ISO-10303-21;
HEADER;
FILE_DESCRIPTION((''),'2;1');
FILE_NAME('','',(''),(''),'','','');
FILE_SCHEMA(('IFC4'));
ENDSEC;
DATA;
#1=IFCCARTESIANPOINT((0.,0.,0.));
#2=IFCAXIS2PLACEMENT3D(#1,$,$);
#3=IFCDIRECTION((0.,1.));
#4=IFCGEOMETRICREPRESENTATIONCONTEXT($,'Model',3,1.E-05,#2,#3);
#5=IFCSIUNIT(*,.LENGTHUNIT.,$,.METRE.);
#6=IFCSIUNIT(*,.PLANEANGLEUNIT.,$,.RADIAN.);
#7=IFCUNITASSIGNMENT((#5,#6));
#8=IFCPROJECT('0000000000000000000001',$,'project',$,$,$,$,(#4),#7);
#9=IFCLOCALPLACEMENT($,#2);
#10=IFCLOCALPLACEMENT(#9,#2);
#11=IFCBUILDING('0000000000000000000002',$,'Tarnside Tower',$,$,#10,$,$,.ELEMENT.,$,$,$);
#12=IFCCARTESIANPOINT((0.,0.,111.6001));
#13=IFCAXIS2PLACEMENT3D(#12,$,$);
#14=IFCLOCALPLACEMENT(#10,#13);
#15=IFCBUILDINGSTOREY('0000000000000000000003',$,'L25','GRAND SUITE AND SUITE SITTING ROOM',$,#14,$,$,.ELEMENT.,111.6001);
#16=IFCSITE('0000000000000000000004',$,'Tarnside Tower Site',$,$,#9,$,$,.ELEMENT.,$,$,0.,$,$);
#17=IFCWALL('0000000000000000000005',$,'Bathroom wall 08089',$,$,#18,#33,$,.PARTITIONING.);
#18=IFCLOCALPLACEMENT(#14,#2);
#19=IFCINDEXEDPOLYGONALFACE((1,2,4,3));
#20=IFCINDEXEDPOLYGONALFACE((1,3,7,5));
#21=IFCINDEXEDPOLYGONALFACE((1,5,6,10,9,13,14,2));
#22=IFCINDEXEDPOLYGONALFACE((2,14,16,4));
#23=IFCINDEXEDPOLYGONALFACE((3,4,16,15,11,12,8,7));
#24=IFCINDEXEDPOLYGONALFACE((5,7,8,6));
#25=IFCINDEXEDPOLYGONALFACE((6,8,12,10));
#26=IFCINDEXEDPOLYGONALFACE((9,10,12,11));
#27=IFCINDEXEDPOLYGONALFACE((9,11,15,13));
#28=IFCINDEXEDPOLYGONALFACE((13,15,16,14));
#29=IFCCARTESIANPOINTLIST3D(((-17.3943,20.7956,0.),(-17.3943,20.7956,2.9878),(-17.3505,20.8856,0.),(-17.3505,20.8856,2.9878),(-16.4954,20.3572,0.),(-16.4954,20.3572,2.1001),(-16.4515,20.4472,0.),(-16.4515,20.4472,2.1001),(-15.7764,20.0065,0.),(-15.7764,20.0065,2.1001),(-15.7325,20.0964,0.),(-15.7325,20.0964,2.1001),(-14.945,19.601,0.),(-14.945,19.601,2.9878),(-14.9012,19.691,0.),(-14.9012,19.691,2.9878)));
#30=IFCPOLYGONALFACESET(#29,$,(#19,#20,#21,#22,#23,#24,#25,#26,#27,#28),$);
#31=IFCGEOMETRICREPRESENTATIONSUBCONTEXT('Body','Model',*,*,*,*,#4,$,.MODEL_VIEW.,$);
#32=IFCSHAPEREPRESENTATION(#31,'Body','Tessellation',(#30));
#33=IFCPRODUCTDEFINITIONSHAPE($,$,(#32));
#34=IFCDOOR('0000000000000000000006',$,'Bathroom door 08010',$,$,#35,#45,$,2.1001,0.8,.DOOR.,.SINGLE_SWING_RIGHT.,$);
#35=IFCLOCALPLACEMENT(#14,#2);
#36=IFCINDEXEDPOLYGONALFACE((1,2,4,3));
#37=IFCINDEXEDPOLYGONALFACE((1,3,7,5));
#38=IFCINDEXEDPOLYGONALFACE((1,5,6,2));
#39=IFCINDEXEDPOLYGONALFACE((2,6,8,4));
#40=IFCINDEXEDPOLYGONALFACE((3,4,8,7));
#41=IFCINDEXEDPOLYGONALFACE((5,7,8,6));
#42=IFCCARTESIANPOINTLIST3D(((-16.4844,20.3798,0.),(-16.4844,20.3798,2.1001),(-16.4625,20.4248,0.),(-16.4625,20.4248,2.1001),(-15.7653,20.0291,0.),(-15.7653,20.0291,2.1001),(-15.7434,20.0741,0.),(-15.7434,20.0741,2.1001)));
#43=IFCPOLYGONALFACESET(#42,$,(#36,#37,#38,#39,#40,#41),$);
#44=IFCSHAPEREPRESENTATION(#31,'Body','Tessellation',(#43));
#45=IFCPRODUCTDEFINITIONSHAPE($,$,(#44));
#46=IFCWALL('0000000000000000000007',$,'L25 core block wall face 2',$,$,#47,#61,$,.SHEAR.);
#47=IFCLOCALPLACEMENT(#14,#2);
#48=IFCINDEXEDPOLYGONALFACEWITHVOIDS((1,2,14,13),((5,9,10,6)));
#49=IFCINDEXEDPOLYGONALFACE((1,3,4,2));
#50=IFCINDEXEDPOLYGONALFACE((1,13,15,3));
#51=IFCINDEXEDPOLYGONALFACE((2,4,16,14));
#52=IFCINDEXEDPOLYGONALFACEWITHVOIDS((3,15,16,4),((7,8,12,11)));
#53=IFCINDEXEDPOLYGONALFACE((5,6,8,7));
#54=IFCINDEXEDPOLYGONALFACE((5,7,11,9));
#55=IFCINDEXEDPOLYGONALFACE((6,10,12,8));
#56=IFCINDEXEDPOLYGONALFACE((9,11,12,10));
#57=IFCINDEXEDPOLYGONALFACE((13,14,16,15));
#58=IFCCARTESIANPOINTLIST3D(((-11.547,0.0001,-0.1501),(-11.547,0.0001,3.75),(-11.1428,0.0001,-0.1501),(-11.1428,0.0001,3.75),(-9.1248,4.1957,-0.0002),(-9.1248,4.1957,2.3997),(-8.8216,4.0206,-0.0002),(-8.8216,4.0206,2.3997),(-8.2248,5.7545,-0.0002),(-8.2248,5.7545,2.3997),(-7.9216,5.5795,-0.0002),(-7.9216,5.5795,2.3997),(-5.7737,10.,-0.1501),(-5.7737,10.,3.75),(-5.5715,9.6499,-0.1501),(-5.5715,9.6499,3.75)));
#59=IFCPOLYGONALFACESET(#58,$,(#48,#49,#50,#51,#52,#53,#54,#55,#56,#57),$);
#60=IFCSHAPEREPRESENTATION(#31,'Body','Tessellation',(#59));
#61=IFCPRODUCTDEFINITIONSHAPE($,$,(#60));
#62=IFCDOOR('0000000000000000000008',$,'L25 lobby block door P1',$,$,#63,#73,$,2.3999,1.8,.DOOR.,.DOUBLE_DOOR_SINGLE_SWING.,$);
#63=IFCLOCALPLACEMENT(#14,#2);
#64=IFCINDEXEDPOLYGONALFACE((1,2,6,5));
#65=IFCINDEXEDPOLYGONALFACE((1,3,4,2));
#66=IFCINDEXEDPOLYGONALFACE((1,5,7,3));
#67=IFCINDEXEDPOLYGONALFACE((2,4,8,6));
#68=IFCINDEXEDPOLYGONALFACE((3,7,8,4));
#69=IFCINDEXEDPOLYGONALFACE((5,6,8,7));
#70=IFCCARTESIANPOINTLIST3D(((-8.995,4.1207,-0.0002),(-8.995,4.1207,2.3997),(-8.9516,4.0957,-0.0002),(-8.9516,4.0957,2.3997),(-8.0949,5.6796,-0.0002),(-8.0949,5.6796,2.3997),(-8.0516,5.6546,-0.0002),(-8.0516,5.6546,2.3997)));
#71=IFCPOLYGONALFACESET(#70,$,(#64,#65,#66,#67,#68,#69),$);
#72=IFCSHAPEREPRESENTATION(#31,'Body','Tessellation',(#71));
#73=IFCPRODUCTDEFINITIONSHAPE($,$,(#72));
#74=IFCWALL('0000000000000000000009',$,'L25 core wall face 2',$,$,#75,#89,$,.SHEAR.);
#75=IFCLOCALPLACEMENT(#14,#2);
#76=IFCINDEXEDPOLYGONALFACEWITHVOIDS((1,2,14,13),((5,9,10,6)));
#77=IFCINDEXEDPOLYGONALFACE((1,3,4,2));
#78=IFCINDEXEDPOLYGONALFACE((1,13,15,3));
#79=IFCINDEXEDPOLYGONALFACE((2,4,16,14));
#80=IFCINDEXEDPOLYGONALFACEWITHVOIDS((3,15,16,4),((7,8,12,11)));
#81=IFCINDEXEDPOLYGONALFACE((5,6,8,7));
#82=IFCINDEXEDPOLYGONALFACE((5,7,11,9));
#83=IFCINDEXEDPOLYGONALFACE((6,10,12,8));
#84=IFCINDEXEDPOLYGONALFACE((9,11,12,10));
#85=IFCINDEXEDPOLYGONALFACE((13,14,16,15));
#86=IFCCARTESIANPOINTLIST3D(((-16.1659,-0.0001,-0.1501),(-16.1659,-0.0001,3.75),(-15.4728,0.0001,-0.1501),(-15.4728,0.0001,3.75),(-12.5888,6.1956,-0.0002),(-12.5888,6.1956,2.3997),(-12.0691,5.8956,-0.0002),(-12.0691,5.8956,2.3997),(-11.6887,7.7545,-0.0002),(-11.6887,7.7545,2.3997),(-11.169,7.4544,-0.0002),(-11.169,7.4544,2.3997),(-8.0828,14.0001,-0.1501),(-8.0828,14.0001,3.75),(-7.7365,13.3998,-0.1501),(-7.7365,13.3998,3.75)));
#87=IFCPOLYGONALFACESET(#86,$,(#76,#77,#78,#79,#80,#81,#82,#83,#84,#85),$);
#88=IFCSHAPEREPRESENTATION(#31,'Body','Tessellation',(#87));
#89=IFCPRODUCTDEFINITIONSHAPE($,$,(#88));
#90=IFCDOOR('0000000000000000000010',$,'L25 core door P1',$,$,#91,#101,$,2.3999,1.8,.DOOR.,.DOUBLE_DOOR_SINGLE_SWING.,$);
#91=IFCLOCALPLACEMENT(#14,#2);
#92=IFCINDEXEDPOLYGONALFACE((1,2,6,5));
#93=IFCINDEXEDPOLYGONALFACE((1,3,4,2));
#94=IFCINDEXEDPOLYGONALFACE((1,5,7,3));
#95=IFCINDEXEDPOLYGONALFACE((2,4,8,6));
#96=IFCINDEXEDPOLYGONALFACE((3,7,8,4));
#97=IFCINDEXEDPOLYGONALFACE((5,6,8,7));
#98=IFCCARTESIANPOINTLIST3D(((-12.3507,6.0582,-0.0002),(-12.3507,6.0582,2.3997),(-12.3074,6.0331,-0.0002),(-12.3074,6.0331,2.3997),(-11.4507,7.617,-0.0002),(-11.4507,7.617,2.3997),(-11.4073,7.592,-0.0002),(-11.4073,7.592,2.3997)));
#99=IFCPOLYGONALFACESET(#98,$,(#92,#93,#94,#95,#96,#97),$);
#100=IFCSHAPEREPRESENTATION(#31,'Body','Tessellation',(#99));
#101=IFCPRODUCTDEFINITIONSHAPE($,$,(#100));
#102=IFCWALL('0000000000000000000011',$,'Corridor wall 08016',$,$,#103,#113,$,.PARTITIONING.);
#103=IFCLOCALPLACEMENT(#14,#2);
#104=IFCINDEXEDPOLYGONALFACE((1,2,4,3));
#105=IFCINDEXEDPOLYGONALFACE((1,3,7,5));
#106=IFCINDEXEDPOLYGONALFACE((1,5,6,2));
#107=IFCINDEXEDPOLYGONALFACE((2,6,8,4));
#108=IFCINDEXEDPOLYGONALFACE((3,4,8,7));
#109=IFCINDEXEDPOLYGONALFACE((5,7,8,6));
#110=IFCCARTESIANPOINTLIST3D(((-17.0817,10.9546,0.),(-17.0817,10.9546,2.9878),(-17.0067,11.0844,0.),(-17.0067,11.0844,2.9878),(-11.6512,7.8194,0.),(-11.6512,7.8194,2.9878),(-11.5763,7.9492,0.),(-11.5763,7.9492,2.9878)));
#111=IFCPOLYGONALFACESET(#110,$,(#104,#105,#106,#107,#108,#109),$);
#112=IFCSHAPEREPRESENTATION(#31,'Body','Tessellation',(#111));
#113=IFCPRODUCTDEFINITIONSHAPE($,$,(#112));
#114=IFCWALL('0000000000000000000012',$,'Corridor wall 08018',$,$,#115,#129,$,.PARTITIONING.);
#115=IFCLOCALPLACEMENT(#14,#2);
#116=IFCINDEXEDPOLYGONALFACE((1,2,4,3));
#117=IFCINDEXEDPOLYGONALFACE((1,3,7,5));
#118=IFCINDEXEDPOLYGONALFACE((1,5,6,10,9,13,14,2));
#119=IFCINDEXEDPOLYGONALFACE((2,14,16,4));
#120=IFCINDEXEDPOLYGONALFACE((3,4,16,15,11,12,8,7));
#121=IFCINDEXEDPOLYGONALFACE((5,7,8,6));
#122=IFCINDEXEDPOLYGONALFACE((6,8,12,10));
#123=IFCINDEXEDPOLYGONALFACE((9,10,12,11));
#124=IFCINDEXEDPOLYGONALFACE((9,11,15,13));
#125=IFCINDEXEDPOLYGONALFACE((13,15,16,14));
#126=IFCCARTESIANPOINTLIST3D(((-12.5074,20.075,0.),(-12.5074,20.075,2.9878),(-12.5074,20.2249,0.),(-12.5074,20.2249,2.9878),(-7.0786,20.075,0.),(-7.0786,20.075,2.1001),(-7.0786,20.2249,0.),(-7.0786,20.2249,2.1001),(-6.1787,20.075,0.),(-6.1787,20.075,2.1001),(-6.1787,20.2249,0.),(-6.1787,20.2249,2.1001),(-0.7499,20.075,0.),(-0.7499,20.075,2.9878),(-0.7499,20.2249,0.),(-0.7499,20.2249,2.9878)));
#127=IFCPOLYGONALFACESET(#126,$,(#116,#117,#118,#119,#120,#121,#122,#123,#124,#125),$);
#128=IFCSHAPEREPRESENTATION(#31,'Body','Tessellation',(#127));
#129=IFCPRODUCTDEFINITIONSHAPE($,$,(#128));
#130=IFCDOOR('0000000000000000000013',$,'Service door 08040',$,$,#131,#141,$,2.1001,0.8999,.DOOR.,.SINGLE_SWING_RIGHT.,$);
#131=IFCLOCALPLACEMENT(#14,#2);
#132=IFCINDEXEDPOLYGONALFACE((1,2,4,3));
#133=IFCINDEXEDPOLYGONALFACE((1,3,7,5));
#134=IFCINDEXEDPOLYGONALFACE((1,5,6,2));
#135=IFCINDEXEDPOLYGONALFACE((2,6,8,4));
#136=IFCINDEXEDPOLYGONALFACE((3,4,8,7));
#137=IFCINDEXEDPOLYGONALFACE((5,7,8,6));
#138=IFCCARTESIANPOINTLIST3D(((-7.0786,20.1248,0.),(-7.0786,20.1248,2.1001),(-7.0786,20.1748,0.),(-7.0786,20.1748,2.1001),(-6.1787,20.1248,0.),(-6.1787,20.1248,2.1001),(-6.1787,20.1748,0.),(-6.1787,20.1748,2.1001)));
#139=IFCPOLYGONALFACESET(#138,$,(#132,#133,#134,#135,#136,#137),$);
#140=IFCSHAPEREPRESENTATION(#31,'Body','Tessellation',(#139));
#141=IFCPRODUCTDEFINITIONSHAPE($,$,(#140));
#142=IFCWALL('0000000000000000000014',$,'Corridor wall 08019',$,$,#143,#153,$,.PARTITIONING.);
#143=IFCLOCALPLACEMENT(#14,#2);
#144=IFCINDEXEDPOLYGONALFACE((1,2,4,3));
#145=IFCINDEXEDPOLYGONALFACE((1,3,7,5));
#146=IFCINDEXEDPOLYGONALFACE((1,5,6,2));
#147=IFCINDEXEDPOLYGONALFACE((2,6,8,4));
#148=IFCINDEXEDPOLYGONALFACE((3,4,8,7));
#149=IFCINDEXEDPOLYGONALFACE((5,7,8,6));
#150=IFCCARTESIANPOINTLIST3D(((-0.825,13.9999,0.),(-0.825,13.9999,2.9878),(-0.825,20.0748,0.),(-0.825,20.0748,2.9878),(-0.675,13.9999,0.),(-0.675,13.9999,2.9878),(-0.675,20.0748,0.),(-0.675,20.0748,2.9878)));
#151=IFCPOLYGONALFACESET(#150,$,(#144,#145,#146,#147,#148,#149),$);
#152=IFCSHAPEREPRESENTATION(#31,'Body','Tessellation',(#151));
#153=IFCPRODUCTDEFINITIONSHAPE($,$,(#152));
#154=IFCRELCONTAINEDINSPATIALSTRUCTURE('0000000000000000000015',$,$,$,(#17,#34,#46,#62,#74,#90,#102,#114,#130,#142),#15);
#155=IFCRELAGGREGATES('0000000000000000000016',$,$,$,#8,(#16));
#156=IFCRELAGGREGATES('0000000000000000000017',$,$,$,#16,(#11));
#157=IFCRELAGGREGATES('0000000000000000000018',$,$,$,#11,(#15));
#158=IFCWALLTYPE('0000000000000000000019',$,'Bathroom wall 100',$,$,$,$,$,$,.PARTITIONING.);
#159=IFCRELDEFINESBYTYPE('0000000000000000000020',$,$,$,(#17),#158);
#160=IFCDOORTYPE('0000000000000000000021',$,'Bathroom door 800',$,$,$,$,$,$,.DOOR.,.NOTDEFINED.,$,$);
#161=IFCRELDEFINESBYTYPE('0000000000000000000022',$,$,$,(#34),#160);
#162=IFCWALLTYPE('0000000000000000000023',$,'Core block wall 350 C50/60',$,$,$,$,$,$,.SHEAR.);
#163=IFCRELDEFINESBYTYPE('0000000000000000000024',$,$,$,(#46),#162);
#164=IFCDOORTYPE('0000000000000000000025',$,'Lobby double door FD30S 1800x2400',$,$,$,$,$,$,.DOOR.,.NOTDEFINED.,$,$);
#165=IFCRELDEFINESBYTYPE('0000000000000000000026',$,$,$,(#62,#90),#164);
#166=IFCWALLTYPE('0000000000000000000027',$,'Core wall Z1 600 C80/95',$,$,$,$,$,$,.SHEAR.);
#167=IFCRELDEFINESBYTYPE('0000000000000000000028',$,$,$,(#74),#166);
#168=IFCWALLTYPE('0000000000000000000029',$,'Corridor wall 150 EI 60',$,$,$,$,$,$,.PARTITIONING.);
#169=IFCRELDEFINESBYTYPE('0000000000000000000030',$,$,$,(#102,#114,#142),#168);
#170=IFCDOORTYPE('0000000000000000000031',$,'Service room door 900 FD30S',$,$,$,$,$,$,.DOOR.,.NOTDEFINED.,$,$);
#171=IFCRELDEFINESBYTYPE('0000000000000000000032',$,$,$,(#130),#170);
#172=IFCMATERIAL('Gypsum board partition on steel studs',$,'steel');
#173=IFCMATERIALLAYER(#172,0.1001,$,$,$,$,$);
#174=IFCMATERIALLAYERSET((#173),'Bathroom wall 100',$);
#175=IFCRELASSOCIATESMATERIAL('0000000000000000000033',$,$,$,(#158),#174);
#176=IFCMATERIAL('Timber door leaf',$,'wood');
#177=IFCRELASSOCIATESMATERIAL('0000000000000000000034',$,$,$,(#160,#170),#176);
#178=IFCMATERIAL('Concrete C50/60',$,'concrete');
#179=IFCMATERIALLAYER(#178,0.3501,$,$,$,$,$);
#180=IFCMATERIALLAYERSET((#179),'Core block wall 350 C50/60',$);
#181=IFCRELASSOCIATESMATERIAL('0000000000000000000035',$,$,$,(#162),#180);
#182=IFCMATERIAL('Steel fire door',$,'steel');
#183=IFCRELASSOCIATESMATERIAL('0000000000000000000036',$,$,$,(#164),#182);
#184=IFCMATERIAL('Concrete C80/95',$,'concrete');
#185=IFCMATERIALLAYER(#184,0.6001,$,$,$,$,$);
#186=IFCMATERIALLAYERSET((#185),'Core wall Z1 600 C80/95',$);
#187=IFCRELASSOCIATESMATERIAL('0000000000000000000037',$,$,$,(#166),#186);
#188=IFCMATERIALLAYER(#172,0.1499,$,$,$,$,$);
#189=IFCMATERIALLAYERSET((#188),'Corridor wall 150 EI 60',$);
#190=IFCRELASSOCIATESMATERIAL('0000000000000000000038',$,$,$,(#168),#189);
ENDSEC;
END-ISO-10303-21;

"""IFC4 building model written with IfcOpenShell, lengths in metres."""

from ifc_helpers import new_model, si_unit, direction, frame, frame_2d, origin, place, context, subcontext, project, spatial, polyline, rectangle, outline, extrude, material, layer, layer_set, type_object, element, fill, save


model = new_model("IFC4")

# Units and contexts
model_context = context("Model", 3, precision=1e-05, world=origin(), true_north=direction((0.0, 1.0)))
body_context = subcontext(model_context, "Body", "Model", "MODEL_VIEW")
ifc_project = project(units=[si_unit("LENGTHUNIT", "METRE"), si_unit("PLANEANGLEUNIT", "RADIAN")], contexts=[model_context])

# Site, building, storey
site_placement = place(None, origin())
site = spatial("IfcSite", under=ifc_project, at=site_placement, Name="Tarnside Tower Site", CompositionType="ELEMENT", RefElevation=0.0)
building_placement = place(site_placement, origin())
building = spatial("IfcBuilding", under=site, at=building_placement, Name="Tarnside Tower", CompositionType="ELEMENT")
storey_placement = place(building_placement, frame((0.0, 0.0, 111.6001)))
storey = spatial("IfcBuildingStorey", under=building, at=storey_placement, Name="L25", Description="GRAND SUITE AND SUITE SITTING ROOM", CompositionType="ELEMENT", Elevation=111.6001)

# Walls, openings, doors
ifc_material_1 = material(Name="Gypsum board partition on steel studs", Category="steel")
ifc_layer_1 = layer(ifc_material_1, 0.1001)
ifc_layer_set_1 = layer_set([ifc_layer_1], Name="Bathroom wall 100")
wall_type_1 = type_object("IfcWallType", Name="Bathroom wall 100", PredefinedType="PARTITIONING", material=ifc_layer_set_1)
wall_1_placement = place(storey_placement, frame((-14.9231, 19.646, 0.0), z_axis=(0.0, 0.0, 1.0), x_axis=(-0.898792, 0.438376, 0.0)))
wall_1 = element("IfcWall", 1, at=wall_1_placement, inside=storey, type_object=wall_type_1, Name="Bathroom wall 08089", PredefinedType="PARTITIONING", context=body_context, shape_type="SweptSolid", body=[
    extrude(rectangle(XDim=2.7251, YDim=0.1001, at=frame_2d((1.3625, 0.0))), origin(), (0.0, 0.0, 1.0), 2.9878),
])
opening_1_placement = place(wall_1_placement, frame((0.925, 0.0, 0.0)))
opening_1 = element("IfcOpeningElement", 2, at=opening_1_placement, cuts=wall_1, PredefinedType="OPENING", context=body_context, shape_type="SweptSolid", body=[
    extrude(rectangle(XDim=0.8, YDim=2.1001, at=frame_2d((0.3999, 1.05))), frame((0.0, 0.0601, 0.0), z_axis=(0.0, -1.0, 0.0), x_axis=(1.0, 0.0, 0.0)), (0.0, 0.0, 1.0), 0.1201),
])
ifc_material_2 = material(Name="Timber door leaf", Category="wood")
door_type_1 = type_object("IfcDoorType", Name="Bathroom door 800", OperationType="NOTDEFINED", PredefinedType="DOOR", material=ifc_material_2)
door_1_placement = place(opening_1_placement, origin())
door_1 = element("IfcDoor", 3, at=door_1_placement, inside=storey, type_object=door_type_1, Name="Bathroom door 08010", OperationType="SINGLE_SWING_RIGHT", OverallHeight=2.1001, OverallWidth=0.8, PredefinedType="DOOR", context=body_context, shape_type="SweptSolid", body=[
    extrude(rectangle(XDim=0.8, YDim=2.1001, at=frame_2d((0.3999, 1.05))), frame((0.0, 0.0249, 0.0), z_axis=(0.0, -1.0, 0.0), x_axis=(1.0, 0.0, 0.0)), (0.0, 0.0, 1.0), 0.05),
])
fill(opening_1, door_1)
ifc_material_3 = material(Name="Concrete C50/60", Category="concrete")
ifc_layer_2 = layer(ifc_material_3, 0.3501)
ifc_layer_set_2 = layer_set([ifc_layer_2], Name="Core block wall 350 C50/60")
wall_type_2 = type_object("IfcWallType", Name="Core block wall 350 C50/60", PredefinedType="SHEAR", material=ifc_layer_set_2)
wall_2_placement = place(storey_placement, frame((-5.6726, 9.825, -0.1501), z_axis=(0.0, 0.0, 1.0), x_axis=(-0.499995, -0.866028, 0.0)))
wall_2 = element("IfcWall", 4, at=wall_2_placement, inside=storey, type_object=wall_type_2, Name="L25 core block wall face 2", PredefinedType="SHEAR", context=body_context, shape_type="SweptSolid", body=[
    extrude(outline(polyline([(-0.1011, -0.175), (11.4458, -0.175), (11.2437, 0.175), (0.1011, 0.175), (-0.1011, -0.175)])), origin(), (0.0, 0.0, 1.0), 3.9001),
])
opening_2_placement = place(wall_2_placement, frame((4.8013, 0.0, 0.1499)))
opening_2 = element("IfcOpeningElement", 5, at=opening_2_placement, cuts=wall_2, PredefinedType="OPENING", context=body_context, shape_type="SweptSolid", body=[
    extrude(rectangle(XDim=1.8, YDim=2.3999, at=frame_2d((0.8999, 1.2))), frame((0.0, 0.1851, 0.0), z_axis=(0.0, -1.0, 0.0), x_axis=(1.0, 0.0, 0.0)), (0.0, 0.0, 1.0), 0.3701),
])
ifc_material_4 = material(Name="Steel fire door", Category="steel")
door_type_2 = type_object("IfcDoorType", Name="Lobby double door FD30S 1800x2400", OperationType="NOTDEFINED", PredefinedType="DOOR", material=ifc_material_4)
door_2_placement = place(opening_2_placement, origin())
door_2 = element("IfcDoor", 6, at=door_2_placement, inside=storey, type_object=door_type_2, Name="L25 lobby block door P1", OperationType="DOUBLE_DOOR_SINGLE_SWING", OverallHeight=2.3999, OverallWidth=1.8, PredefinedType="DOOR", context=body_context, shape_type="SweptSolid", body=[
    extrude(rectangle(XDim=1.8, YDim=2.3999, at=frame_2d((0.8999, 1.2))), frame((0.0, 0.0249, 0.0), z_axis=(0.0, -1.0, 0.0), x_axis=(1.0, 0.0, 0.0)), (0.0, 0.0, 1.0), 0.05),
])
fill(opening_2, door_2)
ifc_material_5 = material(Name="Concrete C80/95", Category="concrete")
ifc_layer_3 = layer(ifc_material_5, 0.6001)
ifc_layer_set_3 = layer_set([ifc_layer_3], Name="Core wall Z1 600 C80/95")
wall_type_3 = type_object("IfcWallType", Name="Core wall Z1 600 C80/95", PredefinedType="SHEAR", material=ifc_layer_set_3)
wall_3_placement = place(storey_placement, frame((-7.9097, 13.7, -0.1501), z_axis=(0.0, 0.0, 1.0), x_axis=(-0.5, -0.866025, 0.0)))
wall_3 = element("IfcWall", 7, at=wall_3_placement, inside=storey, type_object=wall_type_3, Name="L25 core wall face 2", PredefinedType="SHEAR", context=body_context, shape_type="SweptSolid", body=[
    extrude(outline(polyline([(-0.1733, -0.3), (15.9927, -0.3), (15.646, 0.3), (0.1733, 0.3), (-0.1733, -0.3)])), origin(), (0.0, 0.0, 1.0), 3.9001),
])
opening_3_placement = place(wall_3_placement, frame((7.0386, 0.0, 0.1499)))
opening_3 = element("IfcOpeningElement", 8, at=opening_3_placement, cuts=wall_3, PredefinedType="OPENING", context=body_context, shape_type="SweptSolid", body=[
    extrude(rectangle(XDim=1.8, YDim=2.3999, at=frame_2d((0.8999, 1.2))), frame((0.0, 0.3101, 0.0), z_axis=(0.0, -1.0, 0.0), x_axis=(1.0, 0.0, 0.0)), (0.0, 0.0, 1.0), 0.6201),
])
door_3_placement = place(opening_3_placement, origin())
door_3 = element("IfcDoor", 9, at=door_3_placement, inside=storey, type_object=door_type_2, Name="L25 core door P1", OperationType="DOUBLE_DOOR_SINGLE_SWING", OverallHeight=2.3999, OverallWidth=1.8, PredefinedType="DOOR", context=body_context, shape_type="SweptSolid", body=[
    extrude(rectangle(XDim=1.8, YDim=2.3999, at=frame_2d((0.8999, 1.2))), frame((0.0, 0.0249, 0.0), z_axis=(0.0, -1.0, 0.0), x_axis=(1.0, 0.0, 0.0)), (0.0, 0.0, 1.0), 0.05),
])
fill(opening_3, door_3)

# Wall
ifc_layer_4 = layer(ifc_material_1, 0.1499)
ifc_layer_set_4 = layer_set([ifc_layer_4], Name="Corridor wall 150 EI 60")
wall_type_4 = type_object("IfcWallType", Name="Corridor wall 150 EI 60", PredefinedType="PARTITIONING", material=ifc_layer_set_4)
wall_4_placement = place(storey_placement, frame((-11.6138, 7.8843, 0.0), z_axis=(0.0, 0.0, 1.0), x_axis=(-0.866025, 0.5, 0.0)))
element("IfcWall", 10, at=wall_4_placement, inside=storey, type_object=wall_type_4, Name="Corridor wall 08016", PredefinedType="PARTITIONING", context=body_context, shape_type="SweptSolid", body=[
    extrude(rectangle(XDim=6.2705, YDim=0.1499, at=frame_2d((3.1353, 0.0))), origin(), (0.0, 0.0, 1.0), 2.9878),
])

# Wall, opening, door
wall_5_placement = place(storey_placement, frame((-12.5076, 20.1499, 0.0), z_axis=(0.0, 0.0, 1.0), x_axis=(1.0, 0.0, 0.0)))
wall_5 = element("IfcWall", 11, at=wall_5_placement, inside=storey, type_object=wall_type_4, Name="Corridor wall 08018", PredefinedType="PARTITIONING", context=body_context, shape_type="SweptSolid", body=[
    extrude(rectangle(XDim=11.7576, YDim=0.1499, at=frame_2d((5.8789, 0.0))), origin(), (0.0, 0.0, 1.0), 2.9878),
])
opening_4_placement = place(wall_5_placement, frame((5.429, 0.0, 0.0)))
opening_4 = element("IfcOpeningElement", 12, at=opening_4_placement, cuts=wall_5, PredefinedType="OPENING", context=body_context, shape_type="SweptSolid", body=[
    extrude(rectangle(XDim=0.8999, YDim=2.1001, at=frame_2d((0.45, 1.05))), frame((0.0, 0.085, 0.0), z_axis=(0.0, -1.0, 0.0), x_axis=(1.0, 0.0, 0.0)), (0.0, 0.0, 1.0), 0.1699),
])
door_type_3 = type_object("IfcDoorType", Name="Service room door 900 FD30S", OperationType="NOTDEFINED", PredefinedType="DOOR", material=ifc_material_2)
door_4_placement = place(opening_4_placement, origin())
door_4 = element("IfcDoor", 13, at=door_4_placement, inside=storey, type_object=door_type_3, Name="Service door 08040", OperationType="SINGLE_SWING_RIGHT", OverallHeight=2.1001, OverallWidth=0.8999, PredefinedType="DOOR", context=body_context, shape_type="SweptSolid", body=[
    extrude(rectangle(XDim=0.8999, YDim=2.1001, at=frame_2d((0.45, 1.05))), frame((0.0, 0.0249, 0.0), z_axis=(0.0, -1.0, 0.0), x_axis=(1.0, 0.0, 0.0)), (0.0, 0.0, 1.0), 0.05),
])
fill(opening_4, door_4)

# Wall
wall_6_placement = place(storey_placement, frame((-0.75, 20.075, 0.0), z_axis=(0.0, 0.0, 1.0), x_axis=(0.0, -1.0, 0.0)))
element("IfcWall", 14, at=wall_6_placement, inside=storey, type_object=wall_type_4, Name="Corridor wall 08019", PredefinedType="PARTITIONING", context=body_context, shape_type="SweptSolid", body=[
    extrude(rectangle(XDim=6.075, YDim=0.1499, at=frame_2d((3.0376, 0.0))), origin(), (0.0, 0.0, 1.0), 2.9878),
])

save(model, "model.ifc")
